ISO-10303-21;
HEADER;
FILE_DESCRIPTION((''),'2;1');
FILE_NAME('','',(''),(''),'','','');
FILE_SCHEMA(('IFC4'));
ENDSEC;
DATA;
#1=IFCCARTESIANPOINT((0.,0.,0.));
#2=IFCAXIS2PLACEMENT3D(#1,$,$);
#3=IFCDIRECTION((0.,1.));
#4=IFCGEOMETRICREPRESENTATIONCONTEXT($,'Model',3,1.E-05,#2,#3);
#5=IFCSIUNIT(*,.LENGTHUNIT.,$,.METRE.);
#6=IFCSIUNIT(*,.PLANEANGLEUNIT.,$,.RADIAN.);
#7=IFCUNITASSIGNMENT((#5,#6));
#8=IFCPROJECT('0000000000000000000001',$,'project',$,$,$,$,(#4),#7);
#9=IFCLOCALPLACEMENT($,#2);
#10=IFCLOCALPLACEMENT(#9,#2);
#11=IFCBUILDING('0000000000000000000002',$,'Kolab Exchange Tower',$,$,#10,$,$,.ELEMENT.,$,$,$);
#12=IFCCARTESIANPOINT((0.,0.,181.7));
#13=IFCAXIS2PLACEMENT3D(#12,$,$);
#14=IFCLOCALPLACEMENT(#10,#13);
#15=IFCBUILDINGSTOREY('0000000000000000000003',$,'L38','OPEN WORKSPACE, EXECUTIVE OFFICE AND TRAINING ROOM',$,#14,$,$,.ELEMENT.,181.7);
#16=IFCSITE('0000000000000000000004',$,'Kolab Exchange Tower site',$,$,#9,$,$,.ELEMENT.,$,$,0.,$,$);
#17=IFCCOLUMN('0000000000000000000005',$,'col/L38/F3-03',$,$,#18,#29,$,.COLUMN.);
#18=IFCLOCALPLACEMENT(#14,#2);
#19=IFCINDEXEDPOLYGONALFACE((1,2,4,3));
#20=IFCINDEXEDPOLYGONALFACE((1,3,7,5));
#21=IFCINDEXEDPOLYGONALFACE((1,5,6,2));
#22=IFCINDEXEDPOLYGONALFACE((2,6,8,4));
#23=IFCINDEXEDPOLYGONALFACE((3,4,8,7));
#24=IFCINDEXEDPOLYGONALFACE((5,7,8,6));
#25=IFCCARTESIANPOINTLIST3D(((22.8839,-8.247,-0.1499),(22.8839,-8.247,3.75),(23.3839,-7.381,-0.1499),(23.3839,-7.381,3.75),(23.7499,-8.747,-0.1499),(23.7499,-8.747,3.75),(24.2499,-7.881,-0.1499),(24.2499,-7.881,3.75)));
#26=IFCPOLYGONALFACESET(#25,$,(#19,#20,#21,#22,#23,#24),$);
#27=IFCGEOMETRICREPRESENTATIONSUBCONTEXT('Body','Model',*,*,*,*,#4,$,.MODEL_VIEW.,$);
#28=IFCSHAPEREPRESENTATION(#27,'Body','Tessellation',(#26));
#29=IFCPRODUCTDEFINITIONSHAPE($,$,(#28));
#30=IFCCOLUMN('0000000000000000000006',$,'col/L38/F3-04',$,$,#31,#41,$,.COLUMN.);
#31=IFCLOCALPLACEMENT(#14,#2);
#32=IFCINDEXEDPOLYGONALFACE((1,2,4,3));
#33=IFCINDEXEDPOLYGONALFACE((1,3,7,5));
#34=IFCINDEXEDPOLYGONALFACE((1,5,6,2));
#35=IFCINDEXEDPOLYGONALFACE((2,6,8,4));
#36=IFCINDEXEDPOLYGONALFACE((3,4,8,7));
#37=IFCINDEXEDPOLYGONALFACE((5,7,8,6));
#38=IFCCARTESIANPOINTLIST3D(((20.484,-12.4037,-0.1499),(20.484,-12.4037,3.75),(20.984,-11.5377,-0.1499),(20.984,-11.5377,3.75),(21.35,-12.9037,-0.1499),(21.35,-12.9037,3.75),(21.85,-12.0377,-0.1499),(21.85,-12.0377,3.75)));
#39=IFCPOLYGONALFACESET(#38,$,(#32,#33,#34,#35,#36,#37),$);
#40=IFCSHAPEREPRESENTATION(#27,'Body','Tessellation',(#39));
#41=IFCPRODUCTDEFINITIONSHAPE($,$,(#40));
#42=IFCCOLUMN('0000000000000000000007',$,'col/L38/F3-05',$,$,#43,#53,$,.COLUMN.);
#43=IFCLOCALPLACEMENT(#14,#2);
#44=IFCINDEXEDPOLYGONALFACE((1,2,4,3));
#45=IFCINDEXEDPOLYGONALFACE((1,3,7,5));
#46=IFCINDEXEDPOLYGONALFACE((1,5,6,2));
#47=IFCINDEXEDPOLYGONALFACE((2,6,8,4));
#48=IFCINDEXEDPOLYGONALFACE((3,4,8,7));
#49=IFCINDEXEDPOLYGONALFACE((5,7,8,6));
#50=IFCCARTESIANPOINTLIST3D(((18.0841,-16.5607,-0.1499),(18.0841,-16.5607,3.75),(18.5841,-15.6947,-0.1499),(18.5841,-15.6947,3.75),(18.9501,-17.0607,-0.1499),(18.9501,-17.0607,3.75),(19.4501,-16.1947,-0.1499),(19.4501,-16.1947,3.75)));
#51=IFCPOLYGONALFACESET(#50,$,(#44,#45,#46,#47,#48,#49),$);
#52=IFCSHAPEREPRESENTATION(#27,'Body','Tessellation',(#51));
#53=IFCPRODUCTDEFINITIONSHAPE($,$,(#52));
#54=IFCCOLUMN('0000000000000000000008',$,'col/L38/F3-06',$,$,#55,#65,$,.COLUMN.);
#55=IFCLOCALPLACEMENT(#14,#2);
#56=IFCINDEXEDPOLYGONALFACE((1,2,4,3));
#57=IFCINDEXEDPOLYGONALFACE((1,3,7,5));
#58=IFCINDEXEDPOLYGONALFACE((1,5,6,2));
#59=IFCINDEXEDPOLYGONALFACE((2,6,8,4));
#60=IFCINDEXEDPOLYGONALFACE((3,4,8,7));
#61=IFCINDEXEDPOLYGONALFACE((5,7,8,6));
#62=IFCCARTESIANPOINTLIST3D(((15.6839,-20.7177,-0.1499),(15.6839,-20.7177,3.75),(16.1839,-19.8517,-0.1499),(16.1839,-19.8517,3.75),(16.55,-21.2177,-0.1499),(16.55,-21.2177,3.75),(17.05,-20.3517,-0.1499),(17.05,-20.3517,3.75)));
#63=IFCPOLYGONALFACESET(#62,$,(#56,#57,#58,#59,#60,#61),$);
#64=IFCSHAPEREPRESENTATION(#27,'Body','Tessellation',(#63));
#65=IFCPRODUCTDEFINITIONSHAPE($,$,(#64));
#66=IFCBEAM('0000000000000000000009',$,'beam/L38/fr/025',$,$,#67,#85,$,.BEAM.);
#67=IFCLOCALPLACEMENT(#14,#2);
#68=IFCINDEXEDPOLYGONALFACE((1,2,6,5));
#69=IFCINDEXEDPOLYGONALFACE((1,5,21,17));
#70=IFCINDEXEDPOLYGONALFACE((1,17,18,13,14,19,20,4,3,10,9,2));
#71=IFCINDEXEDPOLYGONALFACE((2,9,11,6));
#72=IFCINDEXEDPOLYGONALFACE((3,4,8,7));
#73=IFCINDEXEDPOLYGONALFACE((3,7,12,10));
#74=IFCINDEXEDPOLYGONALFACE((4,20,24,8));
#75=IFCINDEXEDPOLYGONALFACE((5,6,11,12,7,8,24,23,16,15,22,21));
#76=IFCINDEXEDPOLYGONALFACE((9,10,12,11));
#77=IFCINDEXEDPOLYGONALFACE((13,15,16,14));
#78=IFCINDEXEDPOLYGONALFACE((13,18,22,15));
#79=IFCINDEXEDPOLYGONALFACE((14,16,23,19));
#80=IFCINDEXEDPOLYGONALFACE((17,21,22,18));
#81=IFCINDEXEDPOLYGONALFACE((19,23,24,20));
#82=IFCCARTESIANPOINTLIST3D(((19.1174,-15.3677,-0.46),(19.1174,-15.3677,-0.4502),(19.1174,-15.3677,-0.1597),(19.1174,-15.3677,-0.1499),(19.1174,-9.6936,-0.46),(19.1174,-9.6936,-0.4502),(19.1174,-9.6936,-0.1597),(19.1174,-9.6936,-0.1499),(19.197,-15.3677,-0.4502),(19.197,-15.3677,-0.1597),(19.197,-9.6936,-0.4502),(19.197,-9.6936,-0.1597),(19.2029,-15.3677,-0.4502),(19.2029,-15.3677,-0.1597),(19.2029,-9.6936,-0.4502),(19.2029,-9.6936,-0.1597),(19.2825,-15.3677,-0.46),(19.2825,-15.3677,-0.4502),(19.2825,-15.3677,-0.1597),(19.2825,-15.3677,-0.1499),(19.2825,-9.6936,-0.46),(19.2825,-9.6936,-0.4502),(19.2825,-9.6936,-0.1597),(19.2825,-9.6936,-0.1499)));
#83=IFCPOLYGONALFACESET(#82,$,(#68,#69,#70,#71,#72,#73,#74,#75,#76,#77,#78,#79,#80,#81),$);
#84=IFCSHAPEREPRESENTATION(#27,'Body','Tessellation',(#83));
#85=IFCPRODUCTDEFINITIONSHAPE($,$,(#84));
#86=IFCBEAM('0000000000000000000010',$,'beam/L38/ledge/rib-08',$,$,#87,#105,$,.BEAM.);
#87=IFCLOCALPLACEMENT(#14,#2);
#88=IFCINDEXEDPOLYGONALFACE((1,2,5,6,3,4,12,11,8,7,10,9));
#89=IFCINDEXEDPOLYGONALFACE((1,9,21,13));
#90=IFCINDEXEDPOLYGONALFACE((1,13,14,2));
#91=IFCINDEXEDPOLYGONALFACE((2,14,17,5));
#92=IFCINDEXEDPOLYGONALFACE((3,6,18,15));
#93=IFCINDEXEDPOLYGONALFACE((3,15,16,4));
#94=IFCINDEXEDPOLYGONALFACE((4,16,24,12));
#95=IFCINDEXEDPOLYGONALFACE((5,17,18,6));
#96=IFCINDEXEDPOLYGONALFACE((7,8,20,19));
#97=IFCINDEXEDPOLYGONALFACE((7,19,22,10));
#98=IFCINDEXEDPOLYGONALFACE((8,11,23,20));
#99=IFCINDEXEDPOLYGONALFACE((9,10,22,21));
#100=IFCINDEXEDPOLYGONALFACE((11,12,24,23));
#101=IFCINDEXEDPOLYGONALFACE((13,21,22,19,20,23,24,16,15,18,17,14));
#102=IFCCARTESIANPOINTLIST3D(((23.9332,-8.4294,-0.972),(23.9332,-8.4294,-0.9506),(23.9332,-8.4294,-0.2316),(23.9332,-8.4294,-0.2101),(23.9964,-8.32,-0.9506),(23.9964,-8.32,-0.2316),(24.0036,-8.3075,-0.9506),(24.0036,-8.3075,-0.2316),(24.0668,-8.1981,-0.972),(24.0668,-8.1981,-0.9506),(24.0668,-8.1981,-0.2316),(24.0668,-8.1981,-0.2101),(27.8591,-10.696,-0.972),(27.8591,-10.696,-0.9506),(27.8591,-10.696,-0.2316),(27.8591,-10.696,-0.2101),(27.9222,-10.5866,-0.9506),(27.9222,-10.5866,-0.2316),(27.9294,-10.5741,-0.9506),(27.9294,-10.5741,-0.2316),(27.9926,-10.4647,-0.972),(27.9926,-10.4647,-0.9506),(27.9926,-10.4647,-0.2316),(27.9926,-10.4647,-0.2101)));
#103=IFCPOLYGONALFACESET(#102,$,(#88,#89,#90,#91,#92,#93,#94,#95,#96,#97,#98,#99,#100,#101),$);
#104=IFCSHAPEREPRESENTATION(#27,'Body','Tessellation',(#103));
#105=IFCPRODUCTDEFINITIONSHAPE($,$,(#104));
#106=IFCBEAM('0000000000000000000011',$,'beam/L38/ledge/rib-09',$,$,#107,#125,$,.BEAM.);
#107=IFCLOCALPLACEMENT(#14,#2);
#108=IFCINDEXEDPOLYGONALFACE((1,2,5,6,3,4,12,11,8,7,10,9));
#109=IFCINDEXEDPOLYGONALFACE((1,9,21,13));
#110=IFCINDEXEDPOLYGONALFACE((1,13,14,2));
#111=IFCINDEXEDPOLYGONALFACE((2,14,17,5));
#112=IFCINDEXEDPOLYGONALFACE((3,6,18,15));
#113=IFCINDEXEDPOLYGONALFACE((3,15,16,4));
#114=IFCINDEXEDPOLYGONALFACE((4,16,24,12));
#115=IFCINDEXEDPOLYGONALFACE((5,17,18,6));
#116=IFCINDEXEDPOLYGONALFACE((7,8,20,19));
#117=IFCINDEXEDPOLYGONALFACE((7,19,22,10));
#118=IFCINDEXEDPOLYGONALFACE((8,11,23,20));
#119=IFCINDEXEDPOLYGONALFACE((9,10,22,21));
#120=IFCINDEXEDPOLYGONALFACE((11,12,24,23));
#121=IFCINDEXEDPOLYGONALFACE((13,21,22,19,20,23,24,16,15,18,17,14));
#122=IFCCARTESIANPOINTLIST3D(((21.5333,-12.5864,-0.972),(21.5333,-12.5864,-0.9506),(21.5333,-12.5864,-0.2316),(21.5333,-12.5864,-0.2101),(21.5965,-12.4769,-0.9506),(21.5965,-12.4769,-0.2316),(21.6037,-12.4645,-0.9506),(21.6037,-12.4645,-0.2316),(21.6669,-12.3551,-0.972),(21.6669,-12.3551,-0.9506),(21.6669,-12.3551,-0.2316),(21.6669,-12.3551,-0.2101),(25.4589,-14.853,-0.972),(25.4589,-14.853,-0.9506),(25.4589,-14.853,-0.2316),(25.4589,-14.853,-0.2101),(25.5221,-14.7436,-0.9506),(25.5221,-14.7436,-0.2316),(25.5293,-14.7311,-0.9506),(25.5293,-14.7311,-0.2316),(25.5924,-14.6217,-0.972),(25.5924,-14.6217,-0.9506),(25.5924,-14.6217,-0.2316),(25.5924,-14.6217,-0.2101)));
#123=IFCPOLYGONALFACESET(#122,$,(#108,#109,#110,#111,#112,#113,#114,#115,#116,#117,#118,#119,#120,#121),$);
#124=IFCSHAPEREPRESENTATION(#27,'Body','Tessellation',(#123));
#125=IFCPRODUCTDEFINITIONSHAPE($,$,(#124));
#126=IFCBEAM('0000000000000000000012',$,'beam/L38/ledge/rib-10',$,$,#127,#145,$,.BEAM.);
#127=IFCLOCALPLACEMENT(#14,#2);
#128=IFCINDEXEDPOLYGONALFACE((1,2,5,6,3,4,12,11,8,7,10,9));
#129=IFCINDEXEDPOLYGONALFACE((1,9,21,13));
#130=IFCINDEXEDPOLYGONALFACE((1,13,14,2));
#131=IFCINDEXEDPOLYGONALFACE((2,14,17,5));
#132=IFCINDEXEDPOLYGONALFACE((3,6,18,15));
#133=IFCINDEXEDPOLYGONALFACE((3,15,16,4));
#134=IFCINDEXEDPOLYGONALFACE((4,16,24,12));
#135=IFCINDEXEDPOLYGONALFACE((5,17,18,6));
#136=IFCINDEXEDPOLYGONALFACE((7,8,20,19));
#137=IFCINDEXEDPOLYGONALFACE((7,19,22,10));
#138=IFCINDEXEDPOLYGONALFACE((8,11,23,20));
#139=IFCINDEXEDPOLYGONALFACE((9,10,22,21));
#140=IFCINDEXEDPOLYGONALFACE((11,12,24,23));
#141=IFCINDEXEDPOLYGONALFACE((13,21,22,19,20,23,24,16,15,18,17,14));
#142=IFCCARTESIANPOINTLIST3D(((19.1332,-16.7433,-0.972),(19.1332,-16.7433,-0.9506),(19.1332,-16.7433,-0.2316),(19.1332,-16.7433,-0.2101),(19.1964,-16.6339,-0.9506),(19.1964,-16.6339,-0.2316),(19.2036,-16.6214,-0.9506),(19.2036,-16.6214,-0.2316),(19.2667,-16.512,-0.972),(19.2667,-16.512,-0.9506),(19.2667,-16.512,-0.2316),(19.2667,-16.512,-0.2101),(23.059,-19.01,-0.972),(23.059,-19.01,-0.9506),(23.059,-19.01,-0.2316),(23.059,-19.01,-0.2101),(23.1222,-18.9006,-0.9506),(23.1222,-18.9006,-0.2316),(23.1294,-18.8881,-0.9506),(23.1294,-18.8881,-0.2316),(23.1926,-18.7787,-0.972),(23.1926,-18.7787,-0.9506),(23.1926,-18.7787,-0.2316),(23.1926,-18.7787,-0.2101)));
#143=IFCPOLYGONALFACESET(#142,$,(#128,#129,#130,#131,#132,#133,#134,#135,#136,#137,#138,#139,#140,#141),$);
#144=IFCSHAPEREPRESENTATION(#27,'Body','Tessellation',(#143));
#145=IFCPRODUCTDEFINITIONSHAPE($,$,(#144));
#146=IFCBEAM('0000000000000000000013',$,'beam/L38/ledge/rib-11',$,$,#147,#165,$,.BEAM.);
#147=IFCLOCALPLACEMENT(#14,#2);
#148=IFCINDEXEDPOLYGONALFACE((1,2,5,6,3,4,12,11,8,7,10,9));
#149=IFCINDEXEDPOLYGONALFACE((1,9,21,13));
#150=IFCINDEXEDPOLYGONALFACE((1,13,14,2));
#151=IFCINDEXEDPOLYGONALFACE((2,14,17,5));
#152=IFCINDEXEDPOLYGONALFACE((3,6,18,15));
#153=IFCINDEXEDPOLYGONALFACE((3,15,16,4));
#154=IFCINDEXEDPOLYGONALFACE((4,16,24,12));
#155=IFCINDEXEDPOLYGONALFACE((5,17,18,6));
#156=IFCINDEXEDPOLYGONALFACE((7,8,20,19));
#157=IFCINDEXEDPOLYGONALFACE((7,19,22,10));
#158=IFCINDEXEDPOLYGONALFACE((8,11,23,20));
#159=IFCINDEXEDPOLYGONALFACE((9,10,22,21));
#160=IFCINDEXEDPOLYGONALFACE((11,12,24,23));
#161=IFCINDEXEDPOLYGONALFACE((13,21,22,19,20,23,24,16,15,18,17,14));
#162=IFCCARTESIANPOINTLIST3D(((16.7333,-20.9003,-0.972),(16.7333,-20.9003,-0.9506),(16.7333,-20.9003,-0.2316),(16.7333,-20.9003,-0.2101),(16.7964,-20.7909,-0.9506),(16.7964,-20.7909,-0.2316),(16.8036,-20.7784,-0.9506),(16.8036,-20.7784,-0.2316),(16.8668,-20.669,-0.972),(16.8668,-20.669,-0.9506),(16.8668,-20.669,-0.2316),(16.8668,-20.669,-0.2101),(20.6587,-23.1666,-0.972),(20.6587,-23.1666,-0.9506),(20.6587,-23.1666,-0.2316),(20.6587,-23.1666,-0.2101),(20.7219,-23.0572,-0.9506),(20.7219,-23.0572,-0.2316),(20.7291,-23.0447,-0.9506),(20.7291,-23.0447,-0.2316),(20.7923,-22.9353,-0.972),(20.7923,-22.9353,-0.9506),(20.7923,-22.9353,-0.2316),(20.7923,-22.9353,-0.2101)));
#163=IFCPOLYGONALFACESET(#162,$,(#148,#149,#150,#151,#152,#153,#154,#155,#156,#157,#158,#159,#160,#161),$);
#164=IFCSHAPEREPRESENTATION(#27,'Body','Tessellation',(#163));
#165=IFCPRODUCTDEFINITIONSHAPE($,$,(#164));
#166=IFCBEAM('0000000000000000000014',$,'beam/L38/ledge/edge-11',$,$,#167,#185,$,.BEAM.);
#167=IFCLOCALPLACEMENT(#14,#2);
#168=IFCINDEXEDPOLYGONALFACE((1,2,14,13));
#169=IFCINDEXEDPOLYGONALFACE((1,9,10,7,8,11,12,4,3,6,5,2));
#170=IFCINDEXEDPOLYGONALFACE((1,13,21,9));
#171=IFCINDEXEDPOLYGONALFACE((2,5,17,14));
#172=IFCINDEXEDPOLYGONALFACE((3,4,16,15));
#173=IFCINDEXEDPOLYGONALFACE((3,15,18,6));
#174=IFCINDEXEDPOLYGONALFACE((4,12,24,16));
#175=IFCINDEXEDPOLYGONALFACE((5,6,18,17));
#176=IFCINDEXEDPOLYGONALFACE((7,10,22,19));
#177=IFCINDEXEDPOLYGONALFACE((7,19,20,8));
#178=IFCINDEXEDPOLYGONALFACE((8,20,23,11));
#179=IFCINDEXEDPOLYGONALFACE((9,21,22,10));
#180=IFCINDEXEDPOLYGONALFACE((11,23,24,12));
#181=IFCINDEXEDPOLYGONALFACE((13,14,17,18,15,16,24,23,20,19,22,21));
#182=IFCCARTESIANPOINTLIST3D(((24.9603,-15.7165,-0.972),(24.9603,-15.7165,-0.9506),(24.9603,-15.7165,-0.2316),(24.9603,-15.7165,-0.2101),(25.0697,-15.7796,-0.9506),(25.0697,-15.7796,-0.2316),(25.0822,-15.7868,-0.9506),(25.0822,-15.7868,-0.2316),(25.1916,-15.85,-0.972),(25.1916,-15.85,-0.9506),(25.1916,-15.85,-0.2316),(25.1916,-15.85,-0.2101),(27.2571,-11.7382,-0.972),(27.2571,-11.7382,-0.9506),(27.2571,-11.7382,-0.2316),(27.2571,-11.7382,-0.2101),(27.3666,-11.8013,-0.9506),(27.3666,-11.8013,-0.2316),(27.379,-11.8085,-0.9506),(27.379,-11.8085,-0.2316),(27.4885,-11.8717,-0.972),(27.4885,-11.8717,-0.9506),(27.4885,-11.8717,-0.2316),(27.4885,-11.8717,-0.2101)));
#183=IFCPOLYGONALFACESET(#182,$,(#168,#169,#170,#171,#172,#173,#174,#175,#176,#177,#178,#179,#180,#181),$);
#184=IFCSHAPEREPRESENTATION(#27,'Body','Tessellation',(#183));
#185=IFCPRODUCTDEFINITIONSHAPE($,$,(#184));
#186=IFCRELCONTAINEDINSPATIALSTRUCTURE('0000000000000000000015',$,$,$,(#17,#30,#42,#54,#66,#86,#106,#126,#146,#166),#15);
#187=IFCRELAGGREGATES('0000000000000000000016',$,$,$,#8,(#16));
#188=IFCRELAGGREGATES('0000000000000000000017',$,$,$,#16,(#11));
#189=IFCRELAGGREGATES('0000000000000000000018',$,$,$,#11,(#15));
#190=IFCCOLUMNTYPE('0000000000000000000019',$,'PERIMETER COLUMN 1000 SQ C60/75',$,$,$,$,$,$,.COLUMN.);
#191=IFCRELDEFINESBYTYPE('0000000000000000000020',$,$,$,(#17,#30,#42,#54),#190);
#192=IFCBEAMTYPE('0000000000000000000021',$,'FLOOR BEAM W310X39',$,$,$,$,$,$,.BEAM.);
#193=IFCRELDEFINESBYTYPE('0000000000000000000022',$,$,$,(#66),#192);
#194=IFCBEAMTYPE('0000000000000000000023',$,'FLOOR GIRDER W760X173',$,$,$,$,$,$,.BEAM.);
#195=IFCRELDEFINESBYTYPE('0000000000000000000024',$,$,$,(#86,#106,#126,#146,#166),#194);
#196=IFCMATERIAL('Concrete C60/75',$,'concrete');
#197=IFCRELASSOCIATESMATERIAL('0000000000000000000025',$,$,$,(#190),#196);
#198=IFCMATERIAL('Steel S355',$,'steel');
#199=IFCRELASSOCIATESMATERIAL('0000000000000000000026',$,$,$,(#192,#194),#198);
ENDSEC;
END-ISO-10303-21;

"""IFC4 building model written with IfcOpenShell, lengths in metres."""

from ifc_helpers import new_model, si_unit, direction, frame, origin, origin_2d, place, context, subcontext, project, spatial, rectangle, i_section, extrude, material, material_profile, profile_set, type_object, element, save


model = new_model("IFC4")

# Units and contexts
model_context = context("Model", 3, precision=1e-05, world=origin(), true_north=direction((0.0, 1.0)))
body_context = subcontext(model_context, "Body", "Model", "MODEL_VIEW")
ifc_project = project(units=[si_unit("LENGTHUNIT", "METRE"), si_unit("PLANEANGLEUNIT", "RADIAN")], contexts=[model_context])

# Site, building, storey
site_placement = place(None, origin())
site = spatial("IfcSite", under=ifc_project, at=site_placement, Name="Kolab Exchange Tower site", CompositionType="ELEMENT", RefElevation=0.0)
building_placement = place(site_placement, origin())
building = spatial("IfcBuilding", under=site, at=building_placement, Name="Kolab Exchange Tower", CompositionType="ELEMENT")
storey_placement = place(building_placement, frame((0.0, 0.0, 181.7)))
storey = spatial("IfcBuildingStorey", under=building, at=storey_placement, Name="L38", Description="OPEN WORKSPACE, EXECUTIVE OFFICE AND TRAINING ROOM", CompositionType="ELEMENT", Elevation=181.7)

# Columns
ifc_material_1 = material(Name="Concrete C60/75", Category="concrete")
ifc_material_profile_1 = material_profile(ifc_material_1, rectangle(XDim=1.0, YDim=1.0, at=origin_2d()), Name="RC1000")
ifc_profile_set_1 = profile_set([ifc_material_profile_1], Name="Concrete C60/75")
column_type = type_object("IfcColumnType", Name="PERIMETER COLUMN 1000 SQ C60/75", PredefinedType="COLUMN", material=ifc_profile_set_1)
for number, where, z_axis, x_axis, name in (
    (1, (23.5669, -8.064, -0.1499), (0.0, 0.0, 1.0), (0.5, 0.866025, 0.0), "col/L38/F3-03"),
    (2, (21.167, -12.2207, -0.1499), (0.0, 0.0, 1.0), (0.5, 0.866025, 0.0), "col/L38/F3-04"),
    (3, (18.7671, -16.3777, -0.1499), (0.0, 0.0, 1.0), (0.5, 0.866025, 0.0), "col/L38/F3-05"),
    (4, (16.3669, -20.5347, -0.1499), (0.0, 0.0, 1.0), (0.5, 0.866025, 0.0), "col/L38/F3-06"),
):
    element("IfcColumn", number, at=place(storey_placement, frame(where, z_axis=z_axis, x_axis=x_axis)), inside=storey, type_object=column_type, Name=name, PredefinedType="COLUMN", context=body_context, shape_type="SweptSolid", body=[
        extrude(rectangle(XDim=1.0, YDim=1.0, at=origin_2d()), origin(), (0.0, 0.0, 1.0), 3.8999),
    ])

# Beams
ifc_material_2 = material(Name="Steel S355", Category="steel")
ifc_material_profile_2 = material_profile(ifc_material_2, i_section(OverallWidth=0.165, OverallDepth=0.3101, WebThickness=0.0059, FlangeThickness=0.0098, at=origin_2d()), Name="W310X39")
ifc_profile_set_2 = profile_set([ifc_material_profile_2], Name="Steel S355")
beam_type_1 = type_object("IfcBeamType", Name="FLOOR BEAM W310X39", PredefinedType="BEAM", material=ifc_profile_set_2)
beam_1_placement = place(storey_placement, frame((19.2, -15.3677, -0.3049), z_axis=(0.0, 1.0, 0.0), x_axis=(-1.0, 0.0, 0.0)))
element("IfcBeam", 5, at=beam_1_placement, inside=storey, type_object=beam_type_1, Name="beam/L38/fr/025", PredefinedType="BEAM", context=body_context, shape_type="SweptSolid", body=[
    extrude(i_section(OverallWidth=0.165, OverallDepth=0.3101, WebThickness=0.0059, FlangeThickness=0.0098, at=origin_2d()), origin(), (0.0, 0.0, 1.0), 5.6741),
])
ifc_material_profile_3 = material_profile(ifc_material_2, i_section(OverallWidth=0.2671, OverallDepth=0.762, WebThickness=0.0144, FlangeThickness=0.0215, at=origin_2d()), Name="W760X173")
ifc_profile_set_3 = profile_set([ifc_material_profile_3], Name="Steel S355")
beam_type_2 = type_object("IfcBeamType", Name="FLOOR GIRDER W760X173", PredefinedType="BEAM", material=ifc_profile_set_3)
beam_2_placement = place(storey_placement, frame((24.0, -8.3137, -0.5911), z_axis=(0.866021, -0.500008, 0.0), x_axis=(0.500008, 0.866021, 0.0)))
element("IfcBeam", 6, at=beam_2_placement, inside=storey, type_object=beam_type_2, Name="beam/L38/ledge/rib-08", PredefinedType="BEAM", context=body_context, shape_type="SweptSolid", body=[
    extrude(i_section(OverallWidth=0.2671, OverallDepth=0.762, WebThickness=0.0144, FlangeThickness=0.0215, at=origin_2d()), origin(), (0.0, 0.0, 1.0), 4.5332),
])
beam_3_placement = place(storey_placement, frame((21.6001, -12.4707, -0.5911), z_axis=(0.866007, -0.500032, 0.0), x_axis=(0.500032, 0.866007, 0.0)))
element("IfcBeam", 7, at=beam_3_placement, inside=storey, type_object=beam_type_2, Name="beam/L38/ledge/rib-09", PredefinedType="BEAM", context=body_context, shape_type="SweptSolid", body=[
    extrude(i_section(OverallWidth=0.2671, OverallDepth=0.762, WebThickness=0.0144, FlangeThickness=0.0215, at=origin_2d()), origin(), (0.0, 0.0, 1.0), 4.533),
])
beam_4_placement = place(storey_placement, frame((19.2, -16.6277, -0.5911), z_axis=(0.866021, -0.500008, 0.0), x_axis=(0.500008, 0.866021, 0.0)))
element("IfcBeam", 8, at=beam_4_placement, inside=storey, type_object=beam_type_2, Name="beam/L38/ledge/rib-10", PredefinedType="BEAM", context=body_context, shape_type="SweptSolid", body=[
    extrude(i_section(OverallWidth=0.2671, OverallDepth=0.762, WebThickness=0.0144, FlangeThickness=0.0215, at=origin_2d()), origin(), (0.0, 0.0, 1.0), 4.5332),
])
beam_5_placement = place(storey_placement, frame((16.8, -20.7847, -0.5911), z_axis=(0.86603, -0.499991, 0.0), x_axis=(0.499991, 0.86603, 0.0)))
element("IfcBeam", 9, at=beam_5_placement, inside=storey, type_object=beam_type_2, Name="beam/L38/ledge/rib-11", PredefinedType="BEAM", context=body_context, shape_type="SweptSolid", body=[
    extrude(i_section(OverallWidth=0.2671, OverallDepth=0.762, WebThickness=0.0144, FlangeThickness=0.0215, at=origin_2d()), origin(), (0.0, 0.0, 1.0), 4.5327),
])
for number, where, z_axis, x_axis, name in (
    (10, (27.3728, -11.8049, -0.5911), (-0.500003, -0.866024, 0.0), (0.866024, -0.500003, 0.0), "beam/L38/ledge/edge-11"),
):
    element("IfcBeam", number, at=place(storey_placement, frame(where, z_axis=z_axis, x_axis=x_axis)), inside=storey, type_object=beam_type_2, Name=name, PredefinedType="BEAM", context=body_context, shape_type="SweptSolid", body=[
        extrude(i_section(OverallWidth=0.2671, OverallDepth=0.762, WebThickness=0.0144, FlangeThickness=0.0215, at=origin_2d()), origin(), (0.0, 0.0, 1.0), 4.5938),
    ])

save(model, "model.ifc")
